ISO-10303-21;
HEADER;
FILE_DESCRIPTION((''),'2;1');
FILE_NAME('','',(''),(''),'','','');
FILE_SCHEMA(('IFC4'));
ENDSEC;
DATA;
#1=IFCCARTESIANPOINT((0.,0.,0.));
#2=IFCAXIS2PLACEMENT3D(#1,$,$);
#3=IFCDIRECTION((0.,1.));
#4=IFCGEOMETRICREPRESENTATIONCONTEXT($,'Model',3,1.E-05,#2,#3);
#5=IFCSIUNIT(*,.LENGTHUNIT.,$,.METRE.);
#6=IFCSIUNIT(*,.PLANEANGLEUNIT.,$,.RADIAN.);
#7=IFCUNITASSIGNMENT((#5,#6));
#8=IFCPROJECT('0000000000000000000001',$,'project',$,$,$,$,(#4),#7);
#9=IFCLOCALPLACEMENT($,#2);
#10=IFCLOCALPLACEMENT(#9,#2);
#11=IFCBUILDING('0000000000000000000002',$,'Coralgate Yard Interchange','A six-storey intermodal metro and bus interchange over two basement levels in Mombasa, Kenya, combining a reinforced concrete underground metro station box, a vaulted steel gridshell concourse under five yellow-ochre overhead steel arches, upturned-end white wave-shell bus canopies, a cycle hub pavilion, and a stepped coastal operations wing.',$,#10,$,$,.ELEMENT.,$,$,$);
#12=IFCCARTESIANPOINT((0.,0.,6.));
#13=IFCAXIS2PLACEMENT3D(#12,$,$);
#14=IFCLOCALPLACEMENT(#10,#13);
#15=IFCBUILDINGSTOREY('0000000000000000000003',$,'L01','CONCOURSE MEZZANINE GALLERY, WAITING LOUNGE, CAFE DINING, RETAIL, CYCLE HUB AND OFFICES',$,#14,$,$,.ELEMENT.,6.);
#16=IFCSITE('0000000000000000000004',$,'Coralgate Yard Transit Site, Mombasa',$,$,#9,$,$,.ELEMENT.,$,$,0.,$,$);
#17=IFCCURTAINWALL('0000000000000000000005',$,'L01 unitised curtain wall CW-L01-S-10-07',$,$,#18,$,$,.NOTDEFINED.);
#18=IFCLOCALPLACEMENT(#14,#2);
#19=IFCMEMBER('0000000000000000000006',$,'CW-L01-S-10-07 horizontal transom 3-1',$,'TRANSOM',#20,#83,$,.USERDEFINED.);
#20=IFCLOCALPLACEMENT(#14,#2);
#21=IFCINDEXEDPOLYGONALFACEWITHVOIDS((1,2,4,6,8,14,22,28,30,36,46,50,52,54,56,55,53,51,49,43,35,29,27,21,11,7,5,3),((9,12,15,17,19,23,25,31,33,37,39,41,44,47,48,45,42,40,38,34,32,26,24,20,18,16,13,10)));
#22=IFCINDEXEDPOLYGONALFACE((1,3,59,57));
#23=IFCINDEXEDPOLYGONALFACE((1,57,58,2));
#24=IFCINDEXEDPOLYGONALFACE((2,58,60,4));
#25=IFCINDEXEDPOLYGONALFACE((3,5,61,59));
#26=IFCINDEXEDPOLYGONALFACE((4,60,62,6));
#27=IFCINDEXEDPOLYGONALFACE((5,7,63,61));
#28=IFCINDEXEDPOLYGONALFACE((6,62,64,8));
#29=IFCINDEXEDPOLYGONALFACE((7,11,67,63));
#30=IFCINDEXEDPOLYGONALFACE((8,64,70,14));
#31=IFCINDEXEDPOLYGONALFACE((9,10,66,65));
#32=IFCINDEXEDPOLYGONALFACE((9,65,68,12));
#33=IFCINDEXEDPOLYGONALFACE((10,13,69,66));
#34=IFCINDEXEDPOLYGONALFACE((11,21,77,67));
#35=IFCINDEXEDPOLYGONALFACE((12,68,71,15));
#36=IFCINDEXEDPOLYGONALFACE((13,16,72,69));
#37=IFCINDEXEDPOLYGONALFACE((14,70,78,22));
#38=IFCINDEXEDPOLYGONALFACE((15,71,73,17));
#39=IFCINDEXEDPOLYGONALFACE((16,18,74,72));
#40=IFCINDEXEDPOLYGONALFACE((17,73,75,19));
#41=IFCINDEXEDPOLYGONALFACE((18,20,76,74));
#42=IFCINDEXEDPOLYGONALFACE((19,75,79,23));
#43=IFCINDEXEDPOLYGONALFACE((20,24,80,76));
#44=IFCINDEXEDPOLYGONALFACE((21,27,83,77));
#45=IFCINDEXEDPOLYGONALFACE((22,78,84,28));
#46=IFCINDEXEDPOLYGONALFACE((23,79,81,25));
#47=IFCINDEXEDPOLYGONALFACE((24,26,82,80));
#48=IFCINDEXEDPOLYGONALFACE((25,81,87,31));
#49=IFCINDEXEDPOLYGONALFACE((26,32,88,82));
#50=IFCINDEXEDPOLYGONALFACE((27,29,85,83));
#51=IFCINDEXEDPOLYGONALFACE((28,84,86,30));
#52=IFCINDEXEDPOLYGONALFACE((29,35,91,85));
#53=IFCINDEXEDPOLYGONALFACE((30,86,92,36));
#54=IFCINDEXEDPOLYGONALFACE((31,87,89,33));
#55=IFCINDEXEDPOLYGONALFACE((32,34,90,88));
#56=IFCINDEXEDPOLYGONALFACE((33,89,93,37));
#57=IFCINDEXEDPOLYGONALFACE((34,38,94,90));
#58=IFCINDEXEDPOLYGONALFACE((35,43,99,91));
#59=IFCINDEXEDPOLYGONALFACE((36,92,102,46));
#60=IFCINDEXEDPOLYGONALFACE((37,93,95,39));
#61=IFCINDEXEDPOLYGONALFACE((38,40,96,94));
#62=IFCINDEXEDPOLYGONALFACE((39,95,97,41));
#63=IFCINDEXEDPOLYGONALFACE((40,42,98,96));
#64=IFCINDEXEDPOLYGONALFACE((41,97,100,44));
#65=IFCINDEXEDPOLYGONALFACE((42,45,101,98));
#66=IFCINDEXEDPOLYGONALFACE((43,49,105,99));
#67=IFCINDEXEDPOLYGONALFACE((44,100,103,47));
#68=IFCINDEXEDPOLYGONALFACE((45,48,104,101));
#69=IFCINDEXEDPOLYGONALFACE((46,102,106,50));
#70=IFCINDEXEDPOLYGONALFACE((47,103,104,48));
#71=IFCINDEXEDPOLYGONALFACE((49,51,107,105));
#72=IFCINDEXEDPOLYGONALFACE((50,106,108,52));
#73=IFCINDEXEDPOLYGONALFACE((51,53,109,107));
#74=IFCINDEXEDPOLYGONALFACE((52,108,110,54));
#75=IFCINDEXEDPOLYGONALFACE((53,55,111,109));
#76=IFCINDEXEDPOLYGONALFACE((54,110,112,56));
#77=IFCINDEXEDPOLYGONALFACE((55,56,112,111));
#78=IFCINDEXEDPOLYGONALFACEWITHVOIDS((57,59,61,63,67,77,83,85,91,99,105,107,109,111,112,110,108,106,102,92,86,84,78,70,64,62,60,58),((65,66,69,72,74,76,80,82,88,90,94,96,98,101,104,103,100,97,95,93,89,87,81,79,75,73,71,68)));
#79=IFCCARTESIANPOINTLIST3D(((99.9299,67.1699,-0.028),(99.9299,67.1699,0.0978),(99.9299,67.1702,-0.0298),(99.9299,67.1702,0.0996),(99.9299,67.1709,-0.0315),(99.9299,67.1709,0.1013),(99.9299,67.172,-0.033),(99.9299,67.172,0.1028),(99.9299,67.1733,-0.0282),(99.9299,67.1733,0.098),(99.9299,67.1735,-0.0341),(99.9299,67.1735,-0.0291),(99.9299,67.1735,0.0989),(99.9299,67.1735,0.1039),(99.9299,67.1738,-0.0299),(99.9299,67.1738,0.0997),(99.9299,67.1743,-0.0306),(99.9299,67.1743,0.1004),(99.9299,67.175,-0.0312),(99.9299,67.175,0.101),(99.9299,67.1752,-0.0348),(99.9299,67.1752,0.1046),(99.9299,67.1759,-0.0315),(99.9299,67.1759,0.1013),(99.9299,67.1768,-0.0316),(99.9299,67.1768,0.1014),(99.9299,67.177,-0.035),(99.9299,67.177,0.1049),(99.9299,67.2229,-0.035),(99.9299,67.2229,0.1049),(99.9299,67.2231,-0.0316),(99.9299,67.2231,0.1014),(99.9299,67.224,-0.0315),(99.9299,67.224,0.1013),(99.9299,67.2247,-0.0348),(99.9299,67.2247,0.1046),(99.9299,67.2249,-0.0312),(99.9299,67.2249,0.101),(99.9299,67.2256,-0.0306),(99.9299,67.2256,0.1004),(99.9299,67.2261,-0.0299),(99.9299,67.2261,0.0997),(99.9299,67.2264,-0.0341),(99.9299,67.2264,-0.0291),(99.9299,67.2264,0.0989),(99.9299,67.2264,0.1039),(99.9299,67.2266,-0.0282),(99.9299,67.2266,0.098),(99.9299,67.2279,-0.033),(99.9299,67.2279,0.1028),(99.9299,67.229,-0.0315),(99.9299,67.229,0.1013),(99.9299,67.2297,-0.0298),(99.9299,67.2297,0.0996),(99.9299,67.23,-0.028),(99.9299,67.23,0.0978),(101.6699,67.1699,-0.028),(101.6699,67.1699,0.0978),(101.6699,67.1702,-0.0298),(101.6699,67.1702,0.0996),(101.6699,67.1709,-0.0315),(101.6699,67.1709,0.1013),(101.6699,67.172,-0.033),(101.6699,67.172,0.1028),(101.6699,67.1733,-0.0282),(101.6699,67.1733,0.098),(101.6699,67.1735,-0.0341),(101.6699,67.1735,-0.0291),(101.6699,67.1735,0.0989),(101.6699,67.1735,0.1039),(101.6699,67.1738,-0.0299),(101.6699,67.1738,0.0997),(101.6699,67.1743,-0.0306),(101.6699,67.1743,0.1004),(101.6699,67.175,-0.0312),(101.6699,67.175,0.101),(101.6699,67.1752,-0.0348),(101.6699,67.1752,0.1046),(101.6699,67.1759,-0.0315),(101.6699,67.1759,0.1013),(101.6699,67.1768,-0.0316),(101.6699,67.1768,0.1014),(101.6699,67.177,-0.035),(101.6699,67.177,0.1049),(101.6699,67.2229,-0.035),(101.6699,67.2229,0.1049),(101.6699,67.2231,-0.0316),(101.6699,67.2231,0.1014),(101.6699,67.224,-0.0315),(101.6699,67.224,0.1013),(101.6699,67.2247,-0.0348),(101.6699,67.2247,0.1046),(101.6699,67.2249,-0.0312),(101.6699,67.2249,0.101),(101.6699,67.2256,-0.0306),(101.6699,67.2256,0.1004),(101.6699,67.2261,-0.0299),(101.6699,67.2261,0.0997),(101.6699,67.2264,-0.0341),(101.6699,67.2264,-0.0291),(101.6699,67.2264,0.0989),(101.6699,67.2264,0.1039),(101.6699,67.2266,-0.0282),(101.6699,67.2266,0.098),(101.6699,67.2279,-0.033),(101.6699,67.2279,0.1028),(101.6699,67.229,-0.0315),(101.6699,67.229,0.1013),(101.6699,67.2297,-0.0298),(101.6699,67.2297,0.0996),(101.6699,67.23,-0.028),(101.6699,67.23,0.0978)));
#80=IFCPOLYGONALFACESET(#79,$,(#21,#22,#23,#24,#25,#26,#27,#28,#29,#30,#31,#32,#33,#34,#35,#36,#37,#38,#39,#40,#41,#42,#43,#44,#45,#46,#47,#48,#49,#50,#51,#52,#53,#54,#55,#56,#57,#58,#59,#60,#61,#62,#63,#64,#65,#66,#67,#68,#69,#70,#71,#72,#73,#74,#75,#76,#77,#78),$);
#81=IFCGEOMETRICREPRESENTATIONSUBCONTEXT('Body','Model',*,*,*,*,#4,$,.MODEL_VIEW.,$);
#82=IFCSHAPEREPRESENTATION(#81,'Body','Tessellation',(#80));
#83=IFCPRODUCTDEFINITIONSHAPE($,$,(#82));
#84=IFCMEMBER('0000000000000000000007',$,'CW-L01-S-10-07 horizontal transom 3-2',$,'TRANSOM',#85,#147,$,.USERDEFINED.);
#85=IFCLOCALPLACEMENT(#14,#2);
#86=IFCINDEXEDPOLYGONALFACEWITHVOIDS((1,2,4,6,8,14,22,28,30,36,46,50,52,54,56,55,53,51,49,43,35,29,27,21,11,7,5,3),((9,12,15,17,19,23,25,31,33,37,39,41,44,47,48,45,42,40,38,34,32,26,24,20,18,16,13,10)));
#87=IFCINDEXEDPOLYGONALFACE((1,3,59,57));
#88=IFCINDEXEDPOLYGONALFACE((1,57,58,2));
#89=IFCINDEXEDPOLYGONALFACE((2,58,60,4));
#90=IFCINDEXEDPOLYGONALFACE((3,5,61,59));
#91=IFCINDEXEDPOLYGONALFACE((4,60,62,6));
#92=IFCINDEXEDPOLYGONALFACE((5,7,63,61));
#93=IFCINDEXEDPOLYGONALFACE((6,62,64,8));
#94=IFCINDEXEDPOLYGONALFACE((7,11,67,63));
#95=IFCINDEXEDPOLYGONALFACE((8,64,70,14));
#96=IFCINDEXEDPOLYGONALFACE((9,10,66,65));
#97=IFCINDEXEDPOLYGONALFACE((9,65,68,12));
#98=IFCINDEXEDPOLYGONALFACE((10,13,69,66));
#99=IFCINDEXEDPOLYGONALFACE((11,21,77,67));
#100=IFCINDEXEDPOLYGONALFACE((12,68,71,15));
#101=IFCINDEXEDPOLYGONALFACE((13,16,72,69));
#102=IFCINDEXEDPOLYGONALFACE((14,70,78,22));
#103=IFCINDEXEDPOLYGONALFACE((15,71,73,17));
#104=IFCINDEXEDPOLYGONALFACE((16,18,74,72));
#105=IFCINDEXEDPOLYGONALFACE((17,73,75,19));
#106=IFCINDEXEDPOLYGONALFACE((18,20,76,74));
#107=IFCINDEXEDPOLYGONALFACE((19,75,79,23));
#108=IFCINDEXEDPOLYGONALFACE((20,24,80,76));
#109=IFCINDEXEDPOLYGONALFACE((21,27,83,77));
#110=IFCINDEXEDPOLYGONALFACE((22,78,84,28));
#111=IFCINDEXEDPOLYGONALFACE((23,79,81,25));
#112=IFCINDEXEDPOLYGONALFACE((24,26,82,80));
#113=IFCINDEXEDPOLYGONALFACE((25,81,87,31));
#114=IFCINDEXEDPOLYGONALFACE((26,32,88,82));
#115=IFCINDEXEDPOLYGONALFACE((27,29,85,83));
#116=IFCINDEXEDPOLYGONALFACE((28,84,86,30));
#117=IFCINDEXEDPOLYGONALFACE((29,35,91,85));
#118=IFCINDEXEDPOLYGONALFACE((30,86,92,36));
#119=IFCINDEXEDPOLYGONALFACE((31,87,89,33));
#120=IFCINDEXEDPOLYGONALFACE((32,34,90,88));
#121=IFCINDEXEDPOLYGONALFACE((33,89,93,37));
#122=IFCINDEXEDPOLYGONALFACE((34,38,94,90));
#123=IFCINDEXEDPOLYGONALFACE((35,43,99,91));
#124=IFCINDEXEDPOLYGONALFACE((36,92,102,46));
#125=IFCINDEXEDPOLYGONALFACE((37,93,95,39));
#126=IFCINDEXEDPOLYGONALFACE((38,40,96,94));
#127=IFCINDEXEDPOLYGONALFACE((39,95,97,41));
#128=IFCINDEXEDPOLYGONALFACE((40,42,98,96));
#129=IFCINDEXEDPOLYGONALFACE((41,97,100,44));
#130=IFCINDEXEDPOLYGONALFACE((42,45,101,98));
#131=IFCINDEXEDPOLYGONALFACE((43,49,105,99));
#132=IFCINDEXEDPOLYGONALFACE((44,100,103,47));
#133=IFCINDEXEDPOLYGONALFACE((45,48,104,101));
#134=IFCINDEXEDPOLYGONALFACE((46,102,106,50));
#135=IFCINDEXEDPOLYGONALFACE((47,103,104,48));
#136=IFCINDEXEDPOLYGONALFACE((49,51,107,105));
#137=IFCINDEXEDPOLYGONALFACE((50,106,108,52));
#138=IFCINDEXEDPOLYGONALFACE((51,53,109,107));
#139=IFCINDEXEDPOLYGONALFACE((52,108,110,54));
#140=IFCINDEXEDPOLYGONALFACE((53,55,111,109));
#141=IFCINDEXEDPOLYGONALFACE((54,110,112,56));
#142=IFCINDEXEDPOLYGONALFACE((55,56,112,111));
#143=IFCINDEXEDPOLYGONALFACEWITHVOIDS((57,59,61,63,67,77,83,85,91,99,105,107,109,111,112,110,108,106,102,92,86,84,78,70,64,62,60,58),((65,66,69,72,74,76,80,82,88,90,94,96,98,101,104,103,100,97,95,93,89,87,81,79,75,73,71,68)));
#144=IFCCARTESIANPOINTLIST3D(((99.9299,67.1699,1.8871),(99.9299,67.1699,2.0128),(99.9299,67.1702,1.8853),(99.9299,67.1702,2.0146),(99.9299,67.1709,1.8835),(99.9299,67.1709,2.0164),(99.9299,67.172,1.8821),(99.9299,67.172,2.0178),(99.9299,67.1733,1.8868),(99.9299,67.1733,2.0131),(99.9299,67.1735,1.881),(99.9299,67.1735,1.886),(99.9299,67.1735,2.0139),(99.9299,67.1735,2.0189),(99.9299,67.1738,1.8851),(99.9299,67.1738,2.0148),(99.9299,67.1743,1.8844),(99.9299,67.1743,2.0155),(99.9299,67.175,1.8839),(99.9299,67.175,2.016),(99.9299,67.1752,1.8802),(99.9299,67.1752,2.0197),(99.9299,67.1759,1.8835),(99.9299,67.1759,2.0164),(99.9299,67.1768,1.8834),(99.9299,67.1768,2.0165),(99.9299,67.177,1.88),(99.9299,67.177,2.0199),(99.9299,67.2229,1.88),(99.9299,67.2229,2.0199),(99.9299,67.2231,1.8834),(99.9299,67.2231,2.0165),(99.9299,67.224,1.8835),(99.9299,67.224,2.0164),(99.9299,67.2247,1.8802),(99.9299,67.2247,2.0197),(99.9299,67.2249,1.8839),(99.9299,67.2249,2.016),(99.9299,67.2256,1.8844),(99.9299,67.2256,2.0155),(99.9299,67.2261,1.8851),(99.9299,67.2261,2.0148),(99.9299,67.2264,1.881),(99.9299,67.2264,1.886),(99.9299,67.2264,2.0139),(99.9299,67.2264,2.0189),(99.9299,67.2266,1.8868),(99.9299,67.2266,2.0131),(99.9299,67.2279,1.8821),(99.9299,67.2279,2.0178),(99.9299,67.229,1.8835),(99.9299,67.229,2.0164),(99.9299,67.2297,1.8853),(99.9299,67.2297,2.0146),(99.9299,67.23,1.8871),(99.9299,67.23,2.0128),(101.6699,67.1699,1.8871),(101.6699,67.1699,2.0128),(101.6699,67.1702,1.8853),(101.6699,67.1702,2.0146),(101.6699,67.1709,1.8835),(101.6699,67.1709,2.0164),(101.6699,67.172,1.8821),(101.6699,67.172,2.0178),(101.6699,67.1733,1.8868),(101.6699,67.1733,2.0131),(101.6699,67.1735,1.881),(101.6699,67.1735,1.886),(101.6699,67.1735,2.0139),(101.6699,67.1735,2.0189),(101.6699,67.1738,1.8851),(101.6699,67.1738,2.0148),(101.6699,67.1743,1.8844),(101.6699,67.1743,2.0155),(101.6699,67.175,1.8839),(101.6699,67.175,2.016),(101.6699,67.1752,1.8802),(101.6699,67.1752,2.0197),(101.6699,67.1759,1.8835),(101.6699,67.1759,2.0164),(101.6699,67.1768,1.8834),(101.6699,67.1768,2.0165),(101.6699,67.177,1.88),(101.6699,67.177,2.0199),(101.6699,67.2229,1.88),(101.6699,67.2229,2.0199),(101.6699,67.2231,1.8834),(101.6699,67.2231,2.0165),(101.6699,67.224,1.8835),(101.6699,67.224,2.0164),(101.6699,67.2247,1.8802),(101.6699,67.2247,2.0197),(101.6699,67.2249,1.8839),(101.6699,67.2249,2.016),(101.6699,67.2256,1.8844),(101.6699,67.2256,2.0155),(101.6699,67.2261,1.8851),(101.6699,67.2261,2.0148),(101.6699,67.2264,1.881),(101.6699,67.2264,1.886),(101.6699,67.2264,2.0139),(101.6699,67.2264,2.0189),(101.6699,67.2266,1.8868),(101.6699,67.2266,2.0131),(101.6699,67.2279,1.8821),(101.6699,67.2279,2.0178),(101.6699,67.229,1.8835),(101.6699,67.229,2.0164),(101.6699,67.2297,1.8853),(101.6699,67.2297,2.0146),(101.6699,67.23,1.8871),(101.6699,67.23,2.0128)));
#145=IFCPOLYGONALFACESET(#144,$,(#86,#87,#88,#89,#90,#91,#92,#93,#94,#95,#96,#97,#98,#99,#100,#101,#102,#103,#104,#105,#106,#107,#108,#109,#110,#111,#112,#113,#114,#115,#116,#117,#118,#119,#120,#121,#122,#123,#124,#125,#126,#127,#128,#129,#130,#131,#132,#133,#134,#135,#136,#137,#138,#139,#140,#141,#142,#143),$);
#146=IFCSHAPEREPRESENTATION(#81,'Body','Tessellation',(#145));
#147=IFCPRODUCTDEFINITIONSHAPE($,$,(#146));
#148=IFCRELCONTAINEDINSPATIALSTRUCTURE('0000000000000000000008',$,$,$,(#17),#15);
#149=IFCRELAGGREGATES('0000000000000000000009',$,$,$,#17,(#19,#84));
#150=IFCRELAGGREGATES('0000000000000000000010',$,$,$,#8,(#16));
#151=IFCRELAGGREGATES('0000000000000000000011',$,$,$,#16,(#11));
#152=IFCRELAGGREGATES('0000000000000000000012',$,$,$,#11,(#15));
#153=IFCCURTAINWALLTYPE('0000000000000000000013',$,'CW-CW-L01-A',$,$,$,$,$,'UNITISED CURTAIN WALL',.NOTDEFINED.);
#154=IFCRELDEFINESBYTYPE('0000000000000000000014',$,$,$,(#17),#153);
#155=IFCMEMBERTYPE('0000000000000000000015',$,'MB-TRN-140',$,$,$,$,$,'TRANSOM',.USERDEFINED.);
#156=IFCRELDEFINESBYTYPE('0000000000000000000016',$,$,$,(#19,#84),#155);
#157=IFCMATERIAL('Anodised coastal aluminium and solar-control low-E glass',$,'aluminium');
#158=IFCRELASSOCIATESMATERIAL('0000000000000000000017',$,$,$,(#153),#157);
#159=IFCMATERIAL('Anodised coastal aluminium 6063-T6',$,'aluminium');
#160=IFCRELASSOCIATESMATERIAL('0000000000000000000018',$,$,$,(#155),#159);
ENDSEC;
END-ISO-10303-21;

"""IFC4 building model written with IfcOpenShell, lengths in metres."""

from ifc_helpers import new_model, si_unit, direction, frame, origin, origin_2d, place, context, subcontext, project, spatial, hollow_rectangle, extrude, material, material_profile, profile_set, type_object, element, aggregate, save


model = new_model("IFC4")

# Units and contexts
model_context = context("Model", 3, precision=1e-05, world=origin(), true_north=direction((0.0, 1.0)))
body_context = subcontext(model_context, "Body", "Model", "MODEL_VIEW")
ifc_project = project(units=[si_unit("LENGTHUNIT", "METRE"), si_unit("PLANEANGLEUNIT", "RADIAN")], contexts=[model_context])

# Site, building, storey
site_placement = place(None, origin())
site = spatial("IfcSite", under=ifc_project, at=site_placement, Name="Coralgate Yard Transit Site, Mombasa", CompositionType="ELEMENT", RefElevation=0.0)
building_placement = place(site_placement, origin())
building = spatial("IfcBuilding", under=site, at=building_placement, Name="Coralgate Yard Interchange", Description="A six-storey intermodal metro and bus interchange over two basement levels in Mombasa, Kenya, combining a reinforced concrete underground metro station box, a vaulted steel gridshell concourse under five yellow-ochre overhead steel arches, upturned-end white wave-shell bus canopies, a cycle hub pavilion, and a stepped coastal operations wing.", CompositionType="ELEMENT")
storey_placement = place(building_placement, frame((0.0, 0.0, 6.0)))
storey = spatial("IfcBuildingStorey", under=building, at=storey_placement, Name="L01", Description="CONCOURSE MEZZANINE GALLERY, WAITING LOUNGE, CAFE DINING, RETAIL, CYCLE HUB AND OFFICES", CompositionType="ELEMENT", Elevation=6.0)

# Curtain wall, members
ifc_material_1 = material(Name="Anodised coastal aluminium and solar-control low-E glass", Category="aluminium")
curtain_wall_type = type_object("IfcCurtainWallType", Name="CW-CW-L01-A", ElementType="UNITISED CURTAIN WALL", PredefinedType="NOTDEFINED", material=ifc_material_1)
curtain_wall_placement = place(storey_placement, origin())
curtain_wall = element("IfcCurtainWall", 1, at=curtain_wall_placement, inside=storey, type_object=curtain_wall_type, Name="L01 unitised curtain wall CW-L01-S-10-07", PredefinedType="NOTDEFINED")
ifc_material_2 = material(Name="Anodised coastal aluminium 6063-T6", Category="aluminium")
ifc_material_profile_1 = material_profile(ifc_material_2, hollow_rectangle(XDim=0.0601, YDim=0.1399, WallThickness=0.0034, InnerFilletRadius=0.0034, OuterFilletRadius=0.0071, at=origin_2d()), Name="ALU 60x140x3.5")
ifc_profile_set_1 = profile_set([ifc_material_profile_1], Name="Anodised coastal aluminium 6063-T6")
member_type_1 = type_object("IfcMemberType", Name="MB-TRN-140", ElementType="TRANSOM", PredefinedType="USERDEFINED", material=ifc_profile_set_1)
member_1_placement = place(storey_placement, frame((101.6699, 67.2, 0.0349), z_axis=(-1.0, 0.0, 0.0), x_axis=(0.0, -1.0, 0.0)))
member_1 = element("IfcMember", 2, at=member_1_placement, type_object=member_type_1, Name="CW-L01-S-10-07 horizontal transom 3-1", ObjectType="TRANSOM", PredefinedType="USERDEFINED", context=body_context, shape_type="SweptSolid", body=[
    extrude(hollow_rectangle(XDim=0.0601, YDim=0.1399, WallThickness=0.0034, InnerFilletRadius=0.0034, OuterFilletRadius=0.0071, at=origin_2d()), origin(), (0.0, 0.0, 1.0), 1.74),
])
member_2_placement = place(storey_placement, frame((101.6699, 67.2, 1.95), z_axis=(-1.0, 0.0, 0.0), x_axis=(0.0, -1.0, 0.0)))
member_2 = element("IfcMember", 3, at=member_2_placement, type_object=member_type_1, Name="CW-L01-S-10-07 horizontal transom 3-2", ObjectType="TRANSOM", PredefinedType="USERDEFINED", context=body_context, shape_type="SweptSolid", body=[
    extrude(hollow_rectangle(XDim=0.0601, YDim=0.1399, WallThickness=0.0034, InnerFilletRadius=0.0034, OuterFilletRadius=0.0071, at=origin_2d()), origin(), (0.0, 0.0, 1.0), 1.74),
])
aggregate(curtain_wall, [member_1, member_2])

save(model, "model.ifc")
